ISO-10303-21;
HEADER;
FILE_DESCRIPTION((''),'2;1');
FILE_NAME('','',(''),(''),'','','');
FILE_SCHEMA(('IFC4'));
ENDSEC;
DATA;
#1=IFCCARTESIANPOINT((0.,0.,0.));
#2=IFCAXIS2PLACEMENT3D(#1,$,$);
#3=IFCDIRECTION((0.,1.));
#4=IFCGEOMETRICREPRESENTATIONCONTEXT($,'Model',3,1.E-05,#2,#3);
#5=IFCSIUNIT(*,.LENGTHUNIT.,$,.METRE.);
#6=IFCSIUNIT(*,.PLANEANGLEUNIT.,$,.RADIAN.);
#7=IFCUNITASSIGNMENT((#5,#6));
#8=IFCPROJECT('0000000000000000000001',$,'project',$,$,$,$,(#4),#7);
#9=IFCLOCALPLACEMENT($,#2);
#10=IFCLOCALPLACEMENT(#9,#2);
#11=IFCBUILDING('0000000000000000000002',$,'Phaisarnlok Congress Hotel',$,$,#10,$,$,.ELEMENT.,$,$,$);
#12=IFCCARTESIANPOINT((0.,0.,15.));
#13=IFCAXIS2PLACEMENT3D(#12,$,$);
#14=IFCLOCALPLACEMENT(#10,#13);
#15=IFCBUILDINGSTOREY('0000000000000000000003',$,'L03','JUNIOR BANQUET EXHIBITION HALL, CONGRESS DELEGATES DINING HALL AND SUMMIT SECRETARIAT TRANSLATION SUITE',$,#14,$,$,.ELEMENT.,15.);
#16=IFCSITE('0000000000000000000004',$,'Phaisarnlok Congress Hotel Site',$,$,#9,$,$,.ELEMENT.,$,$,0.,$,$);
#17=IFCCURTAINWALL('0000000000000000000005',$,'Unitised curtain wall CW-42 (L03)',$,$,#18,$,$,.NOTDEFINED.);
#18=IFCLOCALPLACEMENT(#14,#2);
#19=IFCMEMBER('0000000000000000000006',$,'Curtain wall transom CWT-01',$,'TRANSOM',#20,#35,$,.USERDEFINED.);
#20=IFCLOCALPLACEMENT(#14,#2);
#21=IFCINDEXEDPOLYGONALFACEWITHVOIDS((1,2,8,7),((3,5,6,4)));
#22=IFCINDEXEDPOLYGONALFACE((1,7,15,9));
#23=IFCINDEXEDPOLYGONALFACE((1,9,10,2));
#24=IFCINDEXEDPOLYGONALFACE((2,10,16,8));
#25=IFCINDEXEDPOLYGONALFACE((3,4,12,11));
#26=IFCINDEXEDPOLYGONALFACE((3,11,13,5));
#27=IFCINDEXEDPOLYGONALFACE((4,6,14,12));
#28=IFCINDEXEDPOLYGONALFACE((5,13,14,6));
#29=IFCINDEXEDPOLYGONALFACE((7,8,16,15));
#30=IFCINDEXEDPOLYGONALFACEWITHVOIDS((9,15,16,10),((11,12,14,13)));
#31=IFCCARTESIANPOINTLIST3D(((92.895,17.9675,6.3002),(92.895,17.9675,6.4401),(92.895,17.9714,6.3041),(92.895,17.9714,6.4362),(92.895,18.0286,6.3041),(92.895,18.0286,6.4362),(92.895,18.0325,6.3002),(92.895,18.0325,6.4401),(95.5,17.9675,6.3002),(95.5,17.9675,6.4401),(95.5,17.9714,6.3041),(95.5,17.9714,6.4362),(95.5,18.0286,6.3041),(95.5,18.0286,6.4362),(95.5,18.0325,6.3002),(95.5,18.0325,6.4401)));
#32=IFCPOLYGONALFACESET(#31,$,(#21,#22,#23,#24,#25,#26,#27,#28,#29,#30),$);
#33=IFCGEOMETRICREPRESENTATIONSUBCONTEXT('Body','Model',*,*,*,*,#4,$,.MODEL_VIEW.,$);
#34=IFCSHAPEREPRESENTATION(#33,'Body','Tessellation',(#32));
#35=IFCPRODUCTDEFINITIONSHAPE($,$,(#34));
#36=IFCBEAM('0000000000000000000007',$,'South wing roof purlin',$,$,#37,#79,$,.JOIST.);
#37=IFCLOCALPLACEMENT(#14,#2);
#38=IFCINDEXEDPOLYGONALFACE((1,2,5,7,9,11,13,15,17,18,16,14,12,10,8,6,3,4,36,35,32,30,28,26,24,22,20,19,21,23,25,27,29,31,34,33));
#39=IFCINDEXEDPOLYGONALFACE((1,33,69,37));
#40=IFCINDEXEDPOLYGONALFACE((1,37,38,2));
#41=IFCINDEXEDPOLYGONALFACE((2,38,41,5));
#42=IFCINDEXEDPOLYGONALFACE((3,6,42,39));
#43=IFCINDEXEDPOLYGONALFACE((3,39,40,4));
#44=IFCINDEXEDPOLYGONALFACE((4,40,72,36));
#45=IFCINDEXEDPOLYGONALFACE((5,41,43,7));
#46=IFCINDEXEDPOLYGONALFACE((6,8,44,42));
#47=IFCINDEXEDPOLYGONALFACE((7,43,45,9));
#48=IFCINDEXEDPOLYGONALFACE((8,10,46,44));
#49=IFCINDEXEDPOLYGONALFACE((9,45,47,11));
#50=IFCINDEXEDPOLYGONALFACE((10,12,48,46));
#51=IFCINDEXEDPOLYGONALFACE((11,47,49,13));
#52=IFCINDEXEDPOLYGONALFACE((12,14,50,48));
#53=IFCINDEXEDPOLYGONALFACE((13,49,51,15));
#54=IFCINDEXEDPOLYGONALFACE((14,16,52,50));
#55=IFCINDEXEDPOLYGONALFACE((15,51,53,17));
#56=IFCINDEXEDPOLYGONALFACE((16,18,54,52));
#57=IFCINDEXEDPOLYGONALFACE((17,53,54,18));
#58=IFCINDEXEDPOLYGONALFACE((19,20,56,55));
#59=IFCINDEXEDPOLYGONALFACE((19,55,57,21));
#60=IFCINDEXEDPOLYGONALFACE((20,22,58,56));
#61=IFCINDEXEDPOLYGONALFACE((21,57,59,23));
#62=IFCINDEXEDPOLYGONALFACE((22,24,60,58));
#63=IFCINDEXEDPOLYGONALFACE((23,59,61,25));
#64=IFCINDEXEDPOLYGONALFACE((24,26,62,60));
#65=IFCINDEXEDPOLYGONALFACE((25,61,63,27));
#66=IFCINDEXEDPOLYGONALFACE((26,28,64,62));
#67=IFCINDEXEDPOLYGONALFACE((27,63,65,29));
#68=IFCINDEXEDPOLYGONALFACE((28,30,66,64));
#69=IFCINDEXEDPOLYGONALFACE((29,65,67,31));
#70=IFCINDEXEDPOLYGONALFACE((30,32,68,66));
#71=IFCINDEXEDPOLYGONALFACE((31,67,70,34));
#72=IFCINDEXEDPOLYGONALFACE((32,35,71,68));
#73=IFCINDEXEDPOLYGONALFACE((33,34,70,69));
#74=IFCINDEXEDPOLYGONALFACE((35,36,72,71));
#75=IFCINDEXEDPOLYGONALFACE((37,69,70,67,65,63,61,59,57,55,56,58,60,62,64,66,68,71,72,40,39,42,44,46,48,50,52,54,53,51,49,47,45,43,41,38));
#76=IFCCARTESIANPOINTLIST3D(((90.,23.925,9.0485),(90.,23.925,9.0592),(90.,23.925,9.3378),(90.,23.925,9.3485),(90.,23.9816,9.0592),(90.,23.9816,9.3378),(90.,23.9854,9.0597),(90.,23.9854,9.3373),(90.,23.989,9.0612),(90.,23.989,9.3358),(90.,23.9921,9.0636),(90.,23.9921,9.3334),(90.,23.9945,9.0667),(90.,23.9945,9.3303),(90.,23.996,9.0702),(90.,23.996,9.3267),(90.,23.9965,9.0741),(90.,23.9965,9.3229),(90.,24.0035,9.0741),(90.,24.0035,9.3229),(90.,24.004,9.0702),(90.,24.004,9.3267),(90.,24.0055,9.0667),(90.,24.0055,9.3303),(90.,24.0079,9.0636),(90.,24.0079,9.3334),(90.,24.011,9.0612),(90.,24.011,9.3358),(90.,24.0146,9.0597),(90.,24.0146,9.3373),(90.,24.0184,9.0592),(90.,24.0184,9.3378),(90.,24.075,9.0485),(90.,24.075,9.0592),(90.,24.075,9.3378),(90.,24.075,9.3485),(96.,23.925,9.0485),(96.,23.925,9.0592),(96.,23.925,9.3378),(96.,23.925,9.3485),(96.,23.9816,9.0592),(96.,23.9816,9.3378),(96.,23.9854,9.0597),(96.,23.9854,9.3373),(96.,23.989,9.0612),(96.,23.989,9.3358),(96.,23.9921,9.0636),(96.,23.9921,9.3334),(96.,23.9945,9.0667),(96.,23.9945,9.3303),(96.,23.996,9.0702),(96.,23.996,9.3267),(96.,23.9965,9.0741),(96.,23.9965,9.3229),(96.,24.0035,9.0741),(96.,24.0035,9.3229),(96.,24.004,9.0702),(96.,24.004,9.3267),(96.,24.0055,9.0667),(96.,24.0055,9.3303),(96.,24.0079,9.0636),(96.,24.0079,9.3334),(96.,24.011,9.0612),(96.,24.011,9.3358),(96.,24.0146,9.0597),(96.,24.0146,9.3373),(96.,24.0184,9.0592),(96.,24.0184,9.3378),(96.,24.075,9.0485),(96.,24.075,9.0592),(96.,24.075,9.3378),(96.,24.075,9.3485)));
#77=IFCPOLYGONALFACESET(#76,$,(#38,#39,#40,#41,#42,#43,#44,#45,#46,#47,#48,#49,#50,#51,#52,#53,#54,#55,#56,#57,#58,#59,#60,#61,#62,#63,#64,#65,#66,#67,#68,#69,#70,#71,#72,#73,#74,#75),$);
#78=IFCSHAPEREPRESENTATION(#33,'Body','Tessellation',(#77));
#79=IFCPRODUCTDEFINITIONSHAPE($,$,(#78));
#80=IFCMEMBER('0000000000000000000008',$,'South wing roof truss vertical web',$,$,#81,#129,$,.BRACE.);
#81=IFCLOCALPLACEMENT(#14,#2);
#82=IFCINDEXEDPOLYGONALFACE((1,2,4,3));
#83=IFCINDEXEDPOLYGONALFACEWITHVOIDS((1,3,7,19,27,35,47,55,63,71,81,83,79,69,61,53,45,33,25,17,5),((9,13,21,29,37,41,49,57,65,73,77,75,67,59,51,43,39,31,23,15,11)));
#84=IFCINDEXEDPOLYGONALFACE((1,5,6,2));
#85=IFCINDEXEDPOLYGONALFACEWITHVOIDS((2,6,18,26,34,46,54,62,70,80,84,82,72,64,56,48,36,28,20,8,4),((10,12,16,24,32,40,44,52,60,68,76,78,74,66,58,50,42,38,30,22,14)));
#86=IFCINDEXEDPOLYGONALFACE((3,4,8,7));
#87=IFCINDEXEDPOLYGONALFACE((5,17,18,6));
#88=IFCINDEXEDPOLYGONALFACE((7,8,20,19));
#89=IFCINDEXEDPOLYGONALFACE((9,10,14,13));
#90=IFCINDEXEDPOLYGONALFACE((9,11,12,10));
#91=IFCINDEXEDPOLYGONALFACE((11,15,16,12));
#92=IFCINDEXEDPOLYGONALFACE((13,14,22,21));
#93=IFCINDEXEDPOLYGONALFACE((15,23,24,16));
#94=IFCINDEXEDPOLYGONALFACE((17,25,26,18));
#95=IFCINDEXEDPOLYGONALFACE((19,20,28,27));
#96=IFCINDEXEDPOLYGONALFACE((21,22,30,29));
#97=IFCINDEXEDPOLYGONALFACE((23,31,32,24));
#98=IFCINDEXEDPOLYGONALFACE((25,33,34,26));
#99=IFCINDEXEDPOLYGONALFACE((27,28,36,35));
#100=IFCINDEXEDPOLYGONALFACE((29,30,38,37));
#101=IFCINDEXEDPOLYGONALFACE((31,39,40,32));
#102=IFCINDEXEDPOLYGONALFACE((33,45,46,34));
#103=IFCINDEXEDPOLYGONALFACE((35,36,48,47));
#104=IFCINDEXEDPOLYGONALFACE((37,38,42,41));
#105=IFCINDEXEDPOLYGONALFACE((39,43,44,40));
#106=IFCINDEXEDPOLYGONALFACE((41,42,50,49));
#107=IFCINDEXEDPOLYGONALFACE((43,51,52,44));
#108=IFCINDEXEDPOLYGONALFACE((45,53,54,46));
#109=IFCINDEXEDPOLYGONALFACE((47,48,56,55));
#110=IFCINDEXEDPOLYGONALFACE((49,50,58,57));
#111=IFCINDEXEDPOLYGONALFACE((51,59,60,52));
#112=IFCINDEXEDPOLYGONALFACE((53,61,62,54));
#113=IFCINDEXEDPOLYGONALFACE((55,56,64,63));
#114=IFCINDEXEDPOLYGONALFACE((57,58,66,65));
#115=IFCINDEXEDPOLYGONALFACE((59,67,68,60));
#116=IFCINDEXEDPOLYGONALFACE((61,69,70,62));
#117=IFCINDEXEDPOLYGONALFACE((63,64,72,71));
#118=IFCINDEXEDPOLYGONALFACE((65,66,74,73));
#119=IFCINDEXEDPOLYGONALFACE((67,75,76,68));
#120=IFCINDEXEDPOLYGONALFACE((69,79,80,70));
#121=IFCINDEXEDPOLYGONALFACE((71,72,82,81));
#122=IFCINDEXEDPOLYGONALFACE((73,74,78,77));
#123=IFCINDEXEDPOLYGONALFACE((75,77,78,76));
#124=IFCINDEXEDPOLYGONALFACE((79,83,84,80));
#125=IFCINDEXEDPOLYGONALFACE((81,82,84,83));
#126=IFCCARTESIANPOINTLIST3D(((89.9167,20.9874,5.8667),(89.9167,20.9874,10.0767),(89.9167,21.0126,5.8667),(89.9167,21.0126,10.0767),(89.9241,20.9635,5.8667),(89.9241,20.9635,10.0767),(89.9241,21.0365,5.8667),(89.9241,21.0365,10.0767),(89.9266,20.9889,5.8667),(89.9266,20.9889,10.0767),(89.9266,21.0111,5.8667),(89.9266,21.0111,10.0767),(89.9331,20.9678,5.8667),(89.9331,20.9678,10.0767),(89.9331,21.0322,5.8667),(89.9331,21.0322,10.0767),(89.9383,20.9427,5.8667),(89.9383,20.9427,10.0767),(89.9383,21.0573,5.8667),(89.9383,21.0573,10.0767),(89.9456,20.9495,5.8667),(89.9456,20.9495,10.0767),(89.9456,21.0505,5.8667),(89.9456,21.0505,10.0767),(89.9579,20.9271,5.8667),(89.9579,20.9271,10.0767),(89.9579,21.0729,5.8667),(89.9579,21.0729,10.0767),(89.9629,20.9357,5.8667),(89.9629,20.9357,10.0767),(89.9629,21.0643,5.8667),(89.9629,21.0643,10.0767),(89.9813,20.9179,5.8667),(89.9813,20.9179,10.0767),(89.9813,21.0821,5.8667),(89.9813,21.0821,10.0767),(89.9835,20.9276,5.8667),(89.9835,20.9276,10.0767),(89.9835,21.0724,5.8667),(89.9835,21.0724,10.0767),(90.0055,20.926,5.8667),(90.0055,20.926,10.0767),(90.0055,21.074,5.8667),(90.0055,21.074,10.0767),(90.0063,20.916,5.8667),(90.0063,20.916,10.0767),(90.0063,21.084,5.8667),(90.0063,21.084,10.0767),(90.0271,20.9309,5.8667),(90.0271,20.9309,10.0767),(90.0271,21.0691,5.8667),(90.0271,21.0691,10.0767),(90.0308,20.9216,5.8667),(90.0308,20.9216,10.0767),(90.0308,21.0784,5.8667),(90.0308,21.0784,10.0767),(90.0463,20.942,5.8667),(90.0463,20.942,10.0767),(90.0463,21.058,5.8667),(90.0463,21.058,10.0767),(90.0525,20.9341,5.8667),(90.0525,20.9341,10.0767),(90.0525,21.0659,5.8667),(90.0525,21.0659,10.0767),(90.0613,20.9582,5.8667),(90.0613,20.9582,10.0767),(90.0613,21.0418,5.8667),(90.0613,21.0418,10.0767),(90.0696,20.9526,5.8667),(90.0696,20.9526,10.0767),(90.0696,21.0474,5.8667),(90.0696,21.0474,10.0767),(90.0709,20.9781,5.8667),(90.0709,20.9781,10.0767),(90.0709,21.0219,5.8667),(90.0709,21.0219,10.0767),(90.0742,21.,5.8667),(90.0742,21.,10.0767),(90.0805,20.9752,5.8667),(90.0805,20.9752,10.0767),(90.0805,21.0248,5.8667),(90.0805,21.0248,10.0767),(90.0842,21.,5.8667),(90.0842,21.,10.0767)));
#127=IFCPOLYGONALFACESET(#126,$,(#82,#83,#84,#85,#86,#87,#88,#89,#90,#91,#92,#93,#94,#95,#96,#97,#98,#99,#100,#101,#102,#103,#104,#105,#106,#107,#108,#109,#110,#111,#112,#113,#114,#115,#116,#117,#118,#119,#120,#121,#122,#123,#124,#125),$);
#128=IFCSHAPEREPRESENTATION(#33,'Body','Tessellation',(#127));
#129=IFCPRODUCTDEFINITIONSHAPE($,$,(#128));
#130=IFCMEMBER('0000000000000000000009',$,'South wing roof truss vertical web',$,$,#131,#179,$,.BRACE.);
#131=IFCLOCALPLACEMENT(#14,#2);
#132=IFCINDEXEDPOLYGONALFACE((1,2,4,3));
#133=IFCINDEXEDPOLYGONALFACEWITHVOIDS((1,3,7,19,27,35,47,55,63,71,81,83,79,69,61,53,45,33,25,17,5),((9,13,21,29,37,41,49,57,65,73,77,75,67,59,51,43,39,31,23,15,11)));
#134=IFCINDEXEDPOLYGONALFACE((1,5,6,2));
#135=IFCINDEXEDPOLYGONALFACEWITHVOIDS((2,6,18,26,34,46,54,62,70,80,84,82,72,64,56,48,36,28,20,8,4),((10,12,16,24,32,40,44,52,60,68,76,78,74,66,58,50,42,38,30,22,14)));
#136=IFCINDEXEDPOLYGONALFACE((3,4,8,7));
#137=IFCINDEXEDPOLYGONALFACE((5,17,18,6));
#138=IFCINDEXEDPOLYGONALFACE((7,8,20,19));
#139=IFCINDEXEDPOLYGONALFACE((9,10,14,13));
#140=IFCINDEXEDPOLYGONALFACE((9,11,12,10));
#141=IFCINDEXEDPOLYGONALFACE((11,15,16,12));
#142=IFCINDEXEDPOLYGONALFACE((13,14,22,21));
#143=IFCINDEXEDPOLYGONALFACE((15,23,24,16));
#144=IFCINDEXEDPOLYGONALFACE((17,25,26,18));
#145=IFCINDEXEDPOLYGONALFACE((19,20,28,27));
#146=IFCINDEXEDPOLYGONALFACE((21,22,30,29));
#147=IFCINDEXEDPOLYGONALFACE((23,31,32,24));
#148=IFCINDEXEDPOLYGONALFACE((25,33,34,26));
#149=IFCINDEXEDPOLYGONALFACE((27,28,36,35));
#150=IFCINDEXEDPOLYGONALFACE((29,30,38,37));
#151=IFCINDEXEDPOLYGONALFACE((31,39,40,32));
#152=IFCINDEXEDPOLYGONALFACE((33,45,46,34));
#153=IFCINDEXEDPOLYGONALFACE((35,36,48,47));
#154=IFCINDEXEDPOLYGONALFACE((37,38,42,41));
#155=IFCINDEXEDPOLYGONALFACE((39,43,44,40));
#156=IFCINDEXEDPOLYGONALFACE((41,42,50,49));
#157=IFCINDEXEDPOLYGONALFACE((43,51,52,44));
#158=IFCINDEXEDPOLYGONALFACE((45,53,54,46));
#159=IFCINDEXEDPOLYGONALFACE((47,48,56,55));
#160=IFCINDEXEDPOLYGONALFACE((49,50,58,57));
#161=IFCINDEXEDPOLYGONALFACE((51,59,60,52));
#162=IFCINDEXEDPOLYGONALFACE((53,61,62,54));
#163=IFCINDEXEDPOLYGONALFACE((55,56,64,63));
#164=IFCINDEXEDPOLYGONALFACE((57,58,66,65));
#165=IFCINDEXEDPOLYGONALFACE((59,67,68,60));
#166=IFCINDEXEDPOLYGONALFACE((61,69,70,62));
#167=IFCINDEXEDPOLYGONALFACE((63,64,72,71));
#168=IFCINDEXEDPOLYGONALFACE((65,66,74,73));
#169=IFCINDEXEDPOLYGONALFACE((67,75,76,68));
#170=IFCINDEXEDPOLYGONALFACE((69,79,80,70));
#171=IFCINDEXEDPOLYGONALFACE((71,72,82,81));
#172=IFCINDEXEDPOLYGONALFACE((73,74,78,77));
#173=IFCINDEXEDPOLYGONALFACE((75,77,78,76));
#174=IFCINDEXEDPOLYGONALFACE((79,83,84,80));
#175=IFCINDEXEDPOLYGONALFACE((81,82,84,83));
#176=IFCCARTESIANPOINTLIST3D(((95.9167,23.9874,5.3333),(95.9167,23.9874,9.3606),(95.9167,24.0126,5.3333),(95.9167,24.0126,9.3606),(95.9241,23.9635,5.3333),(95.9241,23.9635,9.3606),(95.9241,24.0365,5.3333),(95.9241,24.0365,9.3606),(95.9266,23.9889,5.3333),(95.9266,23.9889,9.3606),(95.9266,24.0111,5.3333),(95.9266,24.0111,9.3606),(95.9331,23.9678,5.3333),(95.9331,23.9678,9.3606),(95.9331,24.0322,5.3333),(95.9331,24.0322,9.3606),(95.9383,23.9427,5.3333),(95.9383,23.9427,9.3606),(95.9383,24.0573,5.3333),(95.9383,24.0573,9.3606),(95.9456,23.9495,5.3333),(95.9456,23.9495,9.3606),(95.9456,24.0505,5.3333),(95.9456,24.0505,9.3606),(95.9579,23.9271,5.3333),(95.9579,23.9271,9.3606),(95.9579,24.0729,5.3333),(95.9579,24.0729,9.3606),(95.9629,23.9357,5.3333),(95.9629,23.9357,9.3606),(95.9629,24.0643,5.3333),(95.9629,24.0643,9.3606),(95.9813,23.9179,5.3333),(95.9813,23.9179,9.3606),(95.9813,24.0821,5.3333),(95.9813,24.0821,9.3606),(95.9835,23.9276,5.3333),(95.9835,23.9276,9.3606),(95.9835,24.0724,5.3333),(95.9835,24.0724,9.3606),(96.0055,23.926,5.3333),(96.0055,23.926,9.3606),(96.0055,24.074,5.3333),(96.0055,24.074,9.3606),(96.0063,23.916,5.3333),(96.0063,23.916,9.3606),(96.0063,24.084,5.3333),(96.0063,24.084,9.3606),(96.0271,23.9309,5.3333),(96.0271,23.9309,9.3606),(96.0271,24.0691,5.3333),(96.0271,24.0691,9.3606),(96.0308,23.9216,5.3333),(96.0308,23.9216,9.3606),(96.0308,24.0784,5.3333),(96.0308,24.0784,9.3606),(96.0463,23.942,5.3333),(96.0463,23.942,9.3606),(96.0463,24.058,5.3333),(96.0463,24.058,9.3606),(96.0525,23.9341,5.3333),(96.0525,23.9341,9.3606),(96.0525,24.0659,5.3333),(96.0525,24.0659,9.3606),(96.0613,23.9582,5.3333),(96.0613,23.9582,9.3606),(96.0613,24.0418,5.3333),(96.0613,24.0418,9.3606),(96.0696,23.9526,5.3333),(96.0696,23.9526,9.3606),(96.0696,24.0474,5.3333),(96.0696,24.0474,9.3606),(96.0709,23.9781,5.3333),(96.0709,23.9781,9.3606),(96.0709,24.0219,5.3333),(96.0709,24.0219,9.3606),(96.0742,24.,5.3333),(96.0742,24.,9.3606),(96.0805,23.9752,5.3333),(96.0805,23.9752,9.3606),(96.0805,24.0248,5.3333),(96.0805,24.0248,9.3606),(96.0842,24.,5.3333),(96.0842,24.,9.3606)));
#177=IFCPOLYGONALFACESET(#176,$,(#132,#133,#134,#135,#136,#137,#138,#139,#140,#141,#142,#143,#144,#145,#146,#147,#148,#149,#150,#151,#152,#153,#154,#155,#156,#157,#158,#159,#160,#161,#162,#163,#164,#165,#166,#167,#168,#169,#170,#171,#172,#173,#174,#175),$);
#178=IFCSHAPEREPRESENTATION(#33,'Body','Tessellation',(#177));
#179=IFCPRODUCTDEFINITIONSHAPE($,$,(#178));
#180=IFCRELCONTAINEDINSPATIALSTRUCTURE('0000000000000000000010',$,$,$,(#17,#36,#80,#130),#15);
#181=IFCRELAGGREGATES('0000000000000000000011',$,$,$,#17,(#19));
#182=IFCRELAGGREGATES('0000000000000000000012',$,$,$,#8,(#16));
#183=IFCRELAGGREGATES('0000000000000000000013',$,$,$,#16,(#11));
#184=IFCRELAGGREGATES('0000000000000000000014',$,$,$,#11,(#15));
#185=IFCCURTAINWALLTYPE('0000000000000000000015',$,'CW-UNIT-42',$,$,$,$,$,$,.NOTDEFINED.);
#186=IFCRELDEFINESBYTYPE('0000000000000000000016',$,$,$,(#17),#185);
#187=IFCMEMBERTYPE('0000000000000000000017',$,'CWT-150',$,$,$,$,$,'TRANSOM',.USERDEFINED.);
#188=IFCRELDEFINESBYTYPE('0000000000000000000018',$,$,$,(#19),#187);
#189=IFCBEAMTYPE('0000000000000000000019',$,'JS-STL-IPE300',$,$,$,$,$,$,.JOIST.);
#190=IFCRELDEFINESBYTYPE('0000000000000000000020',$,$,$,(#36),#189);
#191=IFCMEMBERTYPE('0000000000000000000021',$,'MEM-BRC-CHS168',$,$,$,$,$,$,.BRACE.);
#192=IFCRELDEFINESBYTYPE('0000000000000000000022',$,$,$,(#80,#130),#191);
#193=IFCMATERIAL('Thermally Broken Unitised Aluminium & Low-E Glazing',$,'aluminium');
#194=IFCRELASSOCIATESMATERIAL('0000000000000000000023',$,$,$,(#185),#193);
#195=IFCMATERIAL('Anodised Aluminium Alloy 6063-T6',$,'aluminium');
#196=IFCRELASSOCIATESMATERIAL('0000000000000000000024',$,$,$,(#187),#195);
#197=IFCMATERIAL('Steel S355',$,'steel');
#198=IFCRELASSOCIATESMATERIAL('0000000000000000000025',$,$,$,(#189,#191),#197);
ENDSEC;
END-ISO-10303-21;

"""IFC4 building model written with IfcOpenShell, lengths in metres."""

from ifc_helpers import new_model, si_unit, direction, frame, origin, origin_2d, place, context, subcontext, project, spatial, hollow_rectangle, hollow_circle, i_section, extrude, material, material_profile, profile_set, type_object, element, aggregate, save


model = new_model("IFC4")

# Units and contexts
model_context = context("Model", 3, precision=1e-05, world=origin(), true_north=direction((0.0, 1.0)))
body_context = subcontext(model_context, "Body", "Model", "MODEL_VIEW")
ifc_project = project(units=[si_unit("LENGTHUNIT", "METRE"), si_unit("PLANEANGLEUNIT", "RADIAN")], contexts=[model_context])

# Site, building, storey
site_placement = place(None, origin())
site = spatial("IfcSite", under=ifc_project, at=site_placement, Name="Phaisarnlok Congress Hotel Site", CompositionType="ELEMENT", RefElevation=0.0)
building_placement = place(site_placement, origin())
building = spatial("IfcBuilding", under=site, at=building_placement, Name="Phaisarnlok Congress Hotel", CompositionType="ELEMENT")
storey_placement = place(building_placement, frame((0.0, 0.0, 15.0)))
storey = spatial("IfcBuildingStorey", under=building, at=storey_placement, Name="L03", Description="JUNIOR BANQUET EXHIBITION HALL, CONGRESS DELEGATES DINING HALL AND SUMMIT SECRETARIAT TRANSLATION SUITE", CompositionType="ELEMENT", Elevation=15.0)

# Curtain wall, member
ifc_material_1 = material(Name="Thermally Broken Unitised Aluminium & Low-E Glazing", Category="aluminium")
curtain_wall_type = type_object("IfcCurtainWallType", Name="CW-UNIT-42", PredefinedType="NOTDEFINED", material=ifc_material_1)
curtain_wall_placement = place(storey_placement, origin())
curtain_wall = element("IfcCurtainWall", 1, at=curtain_wall_placement, inside=storey, type_object=curtain_wall_type, Name="Unitised curtain wall CW-42 (L03)", PredefinedType="NOTDEFINED")
ifc_material_2 = material(Name="Anodised Aluminium Alloy 6063-T6", Category="aluminium")
ifc_material_profile_1 = material_profile(ifc_material_2, hollow_rectangle(XDim=0.0649, YDim=0.1399, WallThickness=0.0039, at=origin_2d()), Name="ALU-T 65x140x4")
ifc_profile_set_1 = profile_set([ifc_material_profile_1], Name="Anodised Aluminium Alloy 6063-T6")
member_type_1 = type_object("IfcMemberType", Name="CWT-150", ElementType="TRANSOM", PredefinedType="USERDEFINED", material=ifc_profile_set_1)
member_1_placement = place(storey_placement, frame((92.895, 18.0, 6.3701), z_axis=(1.0, 0.0, 0.0), x_axis=(0.0, 1.0, 0.0)))
member_1 = element("IfcMember", 2, at=member_1_placement, type_object=member_type_1, Name="Curtain wall transom CWT-01", ObjectType="TRANSOM", PredefinedType="USERDEFINED", context=body_context, shape_type="SweptSolid", body=[
    extrude(hollow_rectangle(XDim=0.0649, YDim=0.1399, WallThickness=0.0039, at=origin_2d()), origin(), (0.0, 0.0, 1.0), 2.605),
])
aggregate(curtain_wall, [member_1])

# Beam
ifc_material_3 = material(Name="Steel S355", Category="steel")
ifc_material_profile_2 = material_profile(ifc_material_3, i_section(OverallWidth=0.1499, OverallDepth=0.3, WebThickness=0.0071, FlangeThickness=0.0107, FilletRadius=0.0149, at=origin_2d()), Name="IPE 300")
ifc_profile_set_2 = profile_set([ifc_material_profile_2], Name="Steel S355")
beam_type = type_object("IfcBeamType", Name="JS-STL-IPE300", PredefinedType="JOIST", material=ifc_profile_set_2)
beam_placement = place(storey_placement, frame((90.0, 24.0, 9.1985), z_axis=(1.0, 0.0, 0.0), x_axis=(0.0, 1.0, 0.0)))
element("IfcBeam", 3, at=beam_placement, inside=storey, type_object=beam_type, Name="South wing roof purlin", PredefinedType="JOIST", context=body_context, shape_type="SweptSolid", body=[
    extrude(i_section(OverallWidth=0.1499, OverallDepth=0.3, WebThickness=0.0071, FlangeThickness=0.0107, FilletRadius=0.0149, at=origin_2d()), origin(), (0.0, 0.0, 1.0), 6.0),
])

# Members
ifc_material_profile_3 = material_profile(ifc_material_3, hollow_circle(Radius=0.0842, WallThickness=0.01, at=origin_2d()), Name="CHS 168.3x10")
ifc_profile_set_3 = profile_set([ifc_material_profile_3], Name="Steel S355")
member_type_2 = type_object("IfcMemberType", Name="MEM-BRC-CHS168", PredefinedType="BRACE", material=ifc_profile_set_3)
member_2_placement = place(storey_placement, frame((90.0, 21.0, 5.8667), z_axis=(0.0, 0.0, 1.0), x_axis=(1.0, 0.0, 0.0)))
element("IfcMember", 4, at=member_2_placement, inside=storey, type_object=member_type_2, Name="South wing roof truss vertical web", PredefinedType="BRACE", context=body_context, shape_type="SweptSolid", body=[
    extrude(hollow_circle(Radius=0.0842, WallThickness=0.01, at=origin_2d()), origin(), (0.0, 0.0, 1.0), 4.21),
])
member_3_placement = place(storey_placement, frame((96.0, 24.0, 5.3333), z_axis=(0.0, 0.0, 1.0), x_axis=(1.0, 0.0, 0.0)))
element("IfcMember", 5, at=member_3_placement, inside=storey, type_object=member_type_2, Name="South wing roof truss vertical web", PredefinedType="BRACE", context=body_context, shape_type="SweptSolid", body=[
    extrude(hollow_circle(Radius=0.0842, WallThickness=0.01, at=origin_2d()), origin(), (0.0, 0.0, 1.0), 4.0273),
])

save(model, "model.ifc")
